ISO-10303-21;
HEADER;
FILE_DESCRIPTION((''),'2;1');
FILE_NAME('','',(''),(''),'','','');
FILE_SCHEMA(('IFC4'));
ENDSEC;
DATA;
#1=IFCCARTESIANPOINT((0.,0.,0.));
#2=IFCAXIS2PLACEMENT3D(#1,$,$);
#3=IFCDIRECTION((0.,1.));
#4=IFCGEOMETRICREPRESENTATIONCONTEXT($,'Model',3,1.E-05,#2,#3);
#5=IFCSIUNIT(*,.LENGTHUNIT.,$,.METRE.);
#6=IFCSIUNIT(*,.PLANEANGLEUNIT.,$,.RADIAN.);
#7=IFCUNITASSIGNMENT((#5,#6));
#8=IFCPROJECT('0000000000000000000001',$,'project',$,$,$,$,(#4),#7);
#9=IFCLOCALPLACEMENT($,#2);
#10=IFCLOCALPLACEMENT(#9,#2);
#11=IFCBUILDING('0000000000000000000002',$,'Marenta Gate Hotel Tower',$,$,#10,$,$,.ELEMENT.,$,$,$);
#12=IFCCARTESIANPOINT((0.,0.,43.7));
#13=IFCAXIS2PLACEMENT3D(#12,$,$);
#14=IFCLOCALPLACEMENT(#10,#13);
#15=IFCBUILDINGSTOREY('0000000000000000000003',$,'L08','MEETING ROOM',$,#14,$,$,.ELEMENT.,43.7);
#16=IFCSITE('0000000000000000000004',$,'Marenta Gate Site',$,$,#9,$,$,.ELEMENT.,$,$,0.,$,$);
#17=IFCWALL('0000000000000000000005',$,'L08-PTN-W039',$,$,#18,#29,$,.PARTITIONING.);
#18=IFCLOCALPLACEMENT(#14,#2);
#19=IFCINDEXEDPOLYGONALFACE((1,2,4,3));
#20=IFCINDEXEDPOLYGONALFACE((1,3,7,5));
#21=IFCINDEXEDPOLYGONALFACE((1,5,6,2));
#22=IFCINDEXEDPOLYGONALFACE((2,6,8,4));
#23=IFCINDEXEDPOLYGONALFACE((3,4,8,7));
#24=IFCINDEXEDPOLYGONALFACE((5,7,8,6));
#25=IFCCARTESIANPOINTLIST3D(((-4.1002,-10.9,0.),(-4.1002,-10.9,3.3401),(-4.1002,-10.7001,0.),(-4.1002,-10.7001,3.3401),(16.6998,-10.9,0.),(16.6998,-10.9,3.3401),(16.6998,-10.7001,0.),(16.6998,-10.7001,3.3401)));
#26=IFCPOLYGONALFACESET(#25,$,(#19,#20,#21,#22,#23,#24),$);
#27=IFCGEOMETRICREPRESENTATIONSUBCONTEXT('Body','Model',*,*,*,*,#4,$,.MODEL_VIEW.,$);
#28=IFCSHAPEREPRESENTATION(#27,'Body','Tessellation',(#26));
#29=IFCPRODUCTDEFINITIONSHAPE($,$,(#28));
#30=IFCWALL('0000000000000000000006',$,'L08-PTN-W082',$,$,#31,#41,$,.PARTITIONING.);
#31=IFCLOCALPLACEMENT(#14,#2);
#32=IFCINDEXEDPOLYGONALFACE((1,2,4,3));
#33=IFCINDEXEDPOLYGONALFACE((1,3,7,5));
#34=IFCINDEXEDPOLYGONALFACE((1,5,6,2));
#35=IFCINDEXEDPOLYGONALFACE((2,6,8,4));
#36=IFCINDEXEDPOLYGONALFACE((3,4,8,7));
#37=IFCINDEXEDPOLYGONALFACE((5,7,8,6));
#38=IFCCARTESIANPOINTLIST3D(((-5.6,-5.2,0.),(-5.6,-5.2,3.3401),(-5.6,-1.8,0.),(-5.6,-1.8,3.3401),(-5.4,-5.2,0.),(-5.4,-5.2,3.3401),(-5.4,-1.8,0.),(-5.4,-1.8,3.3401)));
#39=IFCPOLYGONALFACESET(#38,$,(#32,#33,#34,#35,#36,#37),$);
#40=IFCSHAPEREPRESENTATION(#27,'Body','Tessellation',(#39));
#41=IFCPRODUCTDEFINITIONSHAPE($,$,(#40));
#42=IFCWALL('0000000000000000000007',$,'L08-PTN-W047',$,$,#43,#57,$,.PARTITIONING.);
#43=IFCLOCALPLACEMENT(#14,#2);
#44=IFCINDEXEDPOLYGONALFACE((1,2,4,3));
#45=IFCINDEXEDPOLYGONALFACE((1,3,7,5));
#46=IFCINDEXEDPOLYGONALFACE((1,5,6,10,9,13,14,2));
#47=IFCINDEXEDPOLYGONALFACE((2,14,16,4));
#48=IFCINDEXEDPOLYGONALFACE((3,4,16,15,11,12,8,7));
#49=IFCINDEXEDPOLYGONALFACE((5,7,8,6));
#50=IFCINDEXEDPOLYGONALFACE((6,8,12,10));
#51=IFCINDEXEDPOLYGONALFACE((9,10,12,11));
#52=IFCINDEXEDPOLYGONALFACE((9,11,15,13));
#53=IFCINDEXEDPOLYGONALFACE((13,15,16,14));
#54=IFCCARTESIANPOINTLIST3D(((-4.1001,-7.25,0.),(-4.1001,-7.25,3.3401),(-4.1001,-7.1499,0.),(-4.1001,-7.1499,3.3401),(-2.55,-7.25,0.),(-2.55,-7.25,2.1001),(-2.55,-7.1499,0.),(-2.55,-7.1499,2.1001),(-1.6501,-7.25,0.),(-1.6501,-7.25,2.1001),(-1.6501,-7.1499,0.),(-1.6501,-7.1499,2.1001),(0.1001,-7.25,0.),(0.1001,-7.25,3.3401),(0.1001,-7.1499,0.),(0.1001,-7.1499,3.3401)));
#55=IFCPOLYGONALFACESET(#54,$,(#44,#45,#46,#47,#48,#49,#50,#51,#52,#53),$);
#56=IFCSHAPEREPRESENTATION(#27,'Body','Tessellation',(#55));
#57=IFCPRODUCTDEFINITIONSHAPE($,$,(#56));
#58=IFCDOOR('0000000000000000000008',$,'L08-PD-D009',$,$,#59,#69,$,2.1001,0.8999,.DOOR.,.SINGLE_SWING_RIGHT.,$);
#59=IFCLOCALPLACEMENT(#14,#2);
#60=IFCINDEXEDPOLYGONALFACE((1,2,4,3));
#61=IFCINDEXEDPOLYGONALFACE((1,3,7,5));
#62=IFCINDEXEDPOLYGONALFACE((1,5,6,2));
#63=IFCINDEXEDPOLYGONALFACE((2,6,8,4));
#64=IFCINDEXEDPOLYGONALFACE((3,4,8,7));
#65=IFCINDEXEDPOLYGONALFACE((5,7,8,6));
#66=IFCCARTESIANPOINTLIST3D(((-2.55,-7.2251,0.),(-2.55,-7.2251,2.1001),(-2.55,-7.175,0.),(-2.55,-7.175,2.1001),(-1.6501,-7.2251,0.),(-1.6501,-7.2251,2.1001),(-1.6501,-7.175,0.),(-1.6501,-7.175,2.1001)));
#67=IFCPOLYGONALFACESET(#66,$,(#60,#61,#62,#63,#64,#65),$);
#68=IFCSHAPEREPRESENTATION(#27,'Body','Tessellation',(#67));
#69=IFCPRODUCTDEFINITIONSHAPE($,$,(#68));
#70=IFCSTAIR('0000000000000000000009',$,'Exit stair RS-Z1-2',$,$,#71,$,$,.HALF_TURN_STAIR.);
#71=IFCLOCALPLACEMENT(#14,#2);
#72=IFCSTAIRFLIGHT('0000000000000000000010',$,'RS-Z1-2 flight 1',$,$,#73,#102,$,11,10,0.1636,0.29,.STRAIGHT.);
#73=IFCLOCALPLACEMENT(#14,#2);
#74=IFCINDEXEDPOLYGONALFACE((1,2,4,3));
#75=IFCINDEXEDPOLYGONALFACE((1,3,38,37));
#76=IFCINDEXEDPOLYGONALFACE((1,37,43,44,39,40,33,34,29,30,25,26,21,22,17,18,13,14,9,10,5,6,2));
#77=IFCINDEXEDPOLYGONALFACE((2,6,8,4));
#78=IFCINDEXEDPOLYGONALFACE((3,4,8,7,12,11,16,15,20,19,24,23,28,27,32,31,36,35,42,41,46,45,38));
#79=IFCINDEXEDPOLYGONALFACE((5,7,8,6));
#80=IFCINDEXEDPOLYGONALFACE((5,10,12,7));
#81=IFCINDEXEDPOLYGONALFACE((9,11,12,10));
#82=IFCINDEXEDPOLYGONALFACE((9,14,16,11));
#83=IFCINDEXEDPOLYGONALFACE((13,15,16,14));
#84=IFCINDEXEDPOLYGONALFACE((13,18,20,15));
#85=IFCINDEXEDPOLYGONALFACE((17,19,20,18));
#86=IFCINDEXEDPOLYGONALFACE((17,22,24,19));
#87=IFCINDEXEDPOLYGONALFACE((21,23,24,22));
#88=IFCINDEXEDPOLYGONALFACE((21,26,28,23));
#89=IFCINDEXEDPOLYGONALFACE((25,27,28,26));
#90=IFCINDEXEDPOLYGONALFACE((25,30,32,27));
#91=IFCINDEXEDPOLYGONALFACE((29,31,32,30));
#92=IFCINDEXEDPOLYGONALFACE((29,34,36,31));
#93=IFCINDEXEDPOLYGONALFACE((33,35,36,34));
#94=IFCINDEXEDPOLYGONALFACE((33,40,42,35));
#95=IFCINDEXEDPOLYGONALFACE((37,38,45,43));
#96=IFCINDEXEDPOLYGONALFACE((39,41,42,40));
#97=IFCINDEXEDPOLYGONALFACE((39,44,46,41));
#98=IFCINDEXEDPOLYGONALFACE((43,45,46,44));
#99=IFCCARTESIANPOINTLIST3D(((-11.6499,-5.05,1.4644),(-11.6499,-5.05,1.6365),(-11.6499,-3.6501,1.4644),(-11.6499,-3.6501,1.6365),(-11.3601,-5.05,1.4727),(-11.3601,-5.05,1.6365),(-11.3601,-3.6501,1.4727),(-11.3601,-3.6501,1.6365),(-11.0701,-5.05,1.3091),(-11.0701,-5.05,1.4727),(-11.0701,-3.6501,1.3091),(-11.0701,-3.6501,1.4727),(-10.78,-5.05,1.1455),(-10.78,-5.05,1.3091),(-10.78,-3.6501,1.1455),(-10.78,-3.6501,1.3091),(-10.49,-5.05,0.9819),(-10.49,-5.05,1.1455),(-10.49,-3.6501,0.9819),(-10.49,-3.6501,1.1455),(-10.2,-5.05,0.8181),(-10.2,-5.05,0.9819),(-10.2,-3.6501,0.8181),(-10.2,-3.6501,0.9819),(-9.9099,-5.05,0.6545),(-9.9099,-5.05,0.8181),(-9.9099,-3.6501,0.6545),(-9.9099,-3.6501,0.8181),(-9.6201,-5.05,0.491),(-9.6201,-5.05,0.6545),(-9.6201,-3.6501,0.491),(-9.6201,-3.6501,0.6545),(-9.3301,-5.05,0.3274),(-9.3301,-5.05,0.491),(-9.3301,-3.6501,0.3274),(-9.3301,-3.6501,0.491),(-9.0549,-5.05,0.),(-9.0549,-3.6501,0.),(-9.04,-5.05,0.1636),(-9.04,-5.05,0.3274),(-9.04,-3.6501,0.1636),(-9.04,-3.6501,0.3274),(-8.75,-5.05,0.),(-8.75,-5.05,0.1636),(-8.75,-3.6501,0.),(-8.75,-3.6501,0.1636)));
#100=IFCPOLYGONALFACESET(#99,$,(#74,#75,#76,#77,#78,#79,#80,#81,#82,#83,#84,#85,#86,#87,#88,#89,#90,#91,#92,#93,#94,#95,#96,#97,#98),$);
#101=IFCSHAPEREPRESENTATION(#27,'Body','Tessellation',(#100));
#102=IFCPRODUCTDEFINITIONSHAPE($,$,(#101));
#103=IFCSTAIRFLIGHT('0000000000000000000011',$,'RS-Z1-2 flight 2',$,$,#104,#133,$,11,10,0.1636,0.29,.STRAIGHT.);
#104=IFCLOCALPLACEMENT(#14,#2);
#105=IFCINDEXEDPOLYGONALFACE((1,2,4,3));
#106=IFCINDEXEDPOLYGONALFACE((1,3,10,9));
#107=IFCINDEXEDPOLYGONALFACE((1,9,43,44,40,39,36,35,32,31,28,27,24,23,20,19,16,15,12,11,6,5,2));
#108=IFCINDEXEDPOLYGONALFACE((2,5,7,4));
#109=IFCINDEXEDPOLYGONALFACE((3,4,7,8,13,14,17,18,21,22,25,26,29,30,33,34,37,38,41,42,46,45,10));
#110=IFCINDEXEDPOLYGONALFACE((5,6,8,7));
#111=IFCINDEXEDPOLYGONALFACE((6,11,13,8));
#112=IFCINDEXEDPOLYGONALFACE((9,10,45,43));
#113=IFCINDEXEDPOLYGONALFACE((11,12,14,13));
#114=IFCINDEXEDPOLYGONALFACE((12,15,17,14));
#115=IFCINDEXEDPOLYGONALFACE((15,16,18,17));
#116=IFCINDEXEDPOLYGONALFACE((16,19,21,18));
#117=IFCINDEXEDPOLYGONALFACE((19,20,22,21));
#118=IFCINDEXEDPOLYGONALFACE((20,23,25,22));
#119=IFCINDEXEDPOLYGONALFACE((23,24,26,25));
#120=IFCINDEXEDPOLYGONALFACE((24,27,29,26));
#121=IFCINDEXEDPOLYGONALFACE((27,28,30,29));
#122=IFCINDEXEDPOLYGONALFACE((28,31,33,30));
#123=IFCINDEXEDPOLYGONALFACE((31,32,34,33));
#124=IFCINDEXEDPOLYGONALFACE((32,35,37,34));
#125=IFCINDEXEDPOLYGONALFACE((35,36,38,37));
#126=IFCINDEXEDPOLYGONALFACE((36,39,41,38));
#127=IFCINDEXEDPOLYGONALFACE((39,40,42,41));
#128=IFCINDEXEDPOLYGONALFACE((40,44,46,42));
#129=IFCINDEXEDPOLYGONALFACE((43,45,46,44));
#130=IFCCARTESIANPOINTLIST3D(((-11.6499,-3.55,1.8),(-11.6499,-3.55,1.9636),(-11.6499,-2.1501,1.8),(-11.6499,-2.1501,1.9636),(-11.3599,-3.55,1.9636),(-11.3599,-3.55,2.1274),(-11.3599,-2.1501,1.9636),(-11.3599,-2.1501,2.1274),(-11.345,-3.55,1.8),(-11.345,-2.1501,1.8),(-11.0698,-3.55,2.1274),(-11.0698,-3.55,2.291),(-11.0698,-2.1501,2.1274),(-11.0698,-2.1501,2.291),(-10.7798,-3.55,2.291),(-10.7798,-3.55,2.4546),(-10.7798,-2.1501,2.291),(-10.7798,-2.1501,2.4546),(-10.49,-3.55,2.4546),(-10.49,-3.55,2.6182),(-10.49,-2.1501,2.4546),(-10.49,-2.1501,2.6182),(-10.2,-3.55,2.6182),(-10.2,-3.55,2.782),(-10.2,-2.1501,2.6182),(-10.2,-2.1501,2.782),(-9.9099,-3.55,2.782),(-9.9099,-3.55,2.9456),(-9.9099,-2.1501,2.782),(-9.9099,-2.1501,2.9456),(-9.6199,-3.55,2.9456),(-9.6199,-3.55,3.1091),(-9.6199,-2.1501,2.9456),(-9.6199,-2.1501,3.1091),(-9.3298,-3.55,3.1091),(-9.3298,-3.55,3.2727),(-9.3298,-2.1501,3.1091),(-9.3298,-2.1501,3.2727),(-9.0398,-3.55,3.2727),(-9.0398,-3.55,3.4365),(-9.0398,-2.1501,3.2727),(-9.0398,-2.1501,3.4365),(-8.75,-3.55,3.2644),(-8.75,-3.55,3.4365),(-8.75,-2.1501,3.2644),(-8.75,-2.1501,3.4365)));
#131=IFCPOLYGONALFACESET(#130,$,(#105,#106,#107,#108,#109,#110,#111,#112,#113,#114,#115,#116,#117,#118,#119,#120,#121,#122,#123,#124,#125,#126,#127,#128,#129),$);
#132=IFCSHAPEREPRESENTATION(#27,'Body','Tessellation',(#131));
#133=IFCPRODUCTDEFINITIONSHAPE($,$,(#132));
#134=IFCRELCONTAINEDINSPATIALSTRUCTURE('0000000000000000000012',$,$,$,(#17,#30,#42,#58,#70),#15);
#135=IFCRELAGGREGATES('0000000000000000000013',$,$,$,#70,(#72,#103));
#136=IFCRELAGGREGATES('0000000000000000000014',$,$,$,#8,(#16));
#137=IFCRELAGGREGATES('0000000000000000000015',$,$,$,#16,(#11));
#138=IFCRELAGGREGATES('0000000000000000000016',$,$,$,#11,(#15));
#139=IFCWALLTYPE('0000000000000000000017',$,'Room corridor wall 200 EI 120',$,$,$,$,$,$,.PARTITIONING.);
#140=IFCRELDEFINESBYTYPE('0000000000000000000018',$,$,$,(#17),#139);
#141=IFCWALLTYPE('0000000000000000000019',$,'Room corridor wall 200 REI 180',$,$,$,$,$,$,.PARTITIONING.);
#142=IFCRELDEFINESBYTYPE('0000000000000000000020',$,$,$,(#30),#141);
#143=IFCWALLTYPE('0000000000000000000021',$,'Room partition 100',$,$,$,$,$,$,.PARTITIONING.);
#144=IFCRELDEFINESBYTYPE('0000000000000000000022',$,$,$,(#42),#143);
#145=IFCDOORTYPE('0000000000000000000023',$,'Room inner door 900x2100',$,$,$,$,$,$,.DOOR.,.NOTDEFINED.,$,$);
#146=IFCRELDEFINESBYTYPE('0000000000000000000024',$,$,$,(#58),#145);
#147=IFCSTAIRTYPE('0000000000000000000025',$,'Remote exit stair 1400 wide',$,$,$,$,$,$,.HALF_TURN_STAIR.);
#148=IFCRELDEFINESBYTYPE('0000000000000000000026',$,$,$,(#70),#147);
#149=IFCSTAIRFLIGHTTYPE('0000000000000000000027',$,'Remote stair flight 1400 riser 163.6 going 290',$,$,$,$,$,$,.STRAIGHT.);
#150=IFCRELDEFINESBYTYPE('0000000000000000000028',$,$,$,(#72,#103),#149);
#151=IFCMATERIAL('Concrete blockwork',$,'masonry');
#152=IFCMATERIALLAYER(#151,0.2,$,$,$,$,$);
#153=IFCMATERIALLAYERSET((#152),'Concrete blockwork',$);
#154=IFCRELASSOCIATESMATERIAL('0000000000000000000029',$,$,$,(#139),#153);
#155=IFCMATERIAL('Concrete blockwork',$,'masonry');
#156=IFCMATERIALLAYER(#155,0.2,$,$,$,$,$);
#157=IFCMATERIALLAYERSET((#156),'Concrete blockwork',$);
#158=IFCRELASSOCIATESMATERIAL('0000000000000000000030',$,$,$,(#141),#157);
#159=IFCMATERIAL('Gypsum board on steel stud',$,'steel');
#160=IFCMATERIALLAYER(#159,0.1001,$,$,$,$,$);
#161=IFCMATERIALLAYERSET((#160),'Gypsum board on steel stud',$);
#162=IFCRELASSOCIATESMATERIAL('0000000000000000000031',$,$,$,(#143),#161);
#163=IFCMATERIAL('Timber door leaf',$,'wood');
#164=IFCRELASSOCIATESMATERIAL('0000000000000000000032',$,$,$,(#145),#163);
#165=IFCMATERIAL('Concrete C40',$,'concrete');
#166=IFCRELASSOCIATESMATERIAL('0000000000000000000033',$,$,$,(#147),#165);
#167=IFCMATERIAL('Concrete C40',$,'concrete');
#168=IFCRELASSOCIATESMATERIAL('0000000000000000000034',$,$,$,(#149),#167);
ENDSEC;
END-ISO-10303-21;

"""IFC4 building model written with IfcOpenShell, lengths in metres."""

from ifc_helpers import new_model, si_unit, direction, frame, frame_2d, origin, place, context, subcontext, project, spatial, polyline, rectangle, outline, extrude, material, layer, layer_set, type_object, element, fill, aggregate, save


model = new_model("IFC4")

# Units and contexts
model_context = context("Model", 3, precision=1e-05, world=origin(), true_north=direction((0.0, 1.0)))
body_context = subcontext(model_context, "Body", "Model", "MODEL_VIEW")
ifc_project = project(units=[si_unit("LENGTHUNIT", "METRE"), si_unit("PLANEANGLEUNIT", "RADIAN")], contexts=[model_context])

# Site, building, storey
site_placement = place(None, origin())
site = spatial("IfcSite", under=ifc_project, at=site_placement, Name="Marenta Gate Site", CompositionType="ELEMENT", RefElevation=0.0)
building_placement = place(site_placement, origin())
building = spatial("IfcBuilding", under=site, at=building_placement, Name="Marenta Gate Hotel Tower", CompositionType="ELEMENT")
storey_placement = place(building_placement, frame((0.0, 0.0, 43.7)))
storey = spatial("IfcBuildingStorey", under=building, at=storey_placement, Name="L08", Description="MEETING ROOM", CompositionType="ELEMENT", Elevation=43.7)

# Wall
ifc_material_1 = material(Name="Concrete blockwork", Category="masonry")
ifc_layer_1 = layer(ifc_material_1, 0.2)
ifc_layer_set_1 = layer_set([ifc_layer_1], Name="Concrete blockwork")
wall_type_1 = type_object("IfcWallType", Name="Room corridor wall 200 EI 120", PredefinedType="PARTITIONING", material=ifc_layer_set_1)
wall_1_placement = place(storey_placement, frame((-4.1001, -10.8, 0.0), z_axis=(0.0, 0.0, 1.0), x_axis=(1.0, 0.0, 0.0)))
element("IfcWall", 1, at=wall_1_placement, inside=storey, type_object=wall_type_1, Name="L08-PTN-W039", PredefinedType="PARTITIONING", context=body_context, shape_type="SweptSolid", body=[
    extrude(rectangle(XDim=20.8, YDim=0.2, at=frame_2d((10.3999, 0.0))), origin(), (0.0, 0.0, 1.0), 3.3401),
])

# Shared definitions
ifc_material_2 = material(Name="Concrete blockwork", Category="masonry")
ifc_layer_2 = layer(ifc_material_2, 0.2)
ifc_layer_set_2 = layer_set([ifc_layer_2], Name="Concrete blockwork")
wall_type_2 = type_object("IfcWallType", Name="Room corridor wall 200 REI 180", PredefinedType="PARTITIONING", material=ifc_layer_set_2)

# Wall
wall_2_placement = place(storey_placement, frame((-5.5, -5.2, 0.0), z_axis=(0.0, 0.0, 1.0), x_axis=(0.0, 1.0, 0.0)))
element("IfcWall", 2, at=wall_2_placement, inside=storey, type_object=wall_type_2, Name="L08-PTN-W082", PredefinedType="PARTITIONING", context=body_context, shape_type="SweptSolid", body=[
    extrude(rectangle(XDim=3.3999, YDim=0.2, at=frame_2d((1.7, 0.0))), origin(), (0.0, 0.0, 1.0), 3.3401),
])

# Wall, opening, door
ifc_material_3 = material(Name="Gypsum board on steel stud", Category="steel")
ifc_layer_3 = layer(ifc_material_3, 0.1001)
ifc_layer_set_3 = layer_set([ifc_layer_3], Name="Gypsum board on steel stud")
wall_type_3 = type_object("IfcWallType", Name="Room partition 100", PredefinedType="PARTITIONING", material=ifc_layer_set_3)
wall_3_placement = place(storey_placement, frame((-4.1001, -7.2, 0.0), z_axis=(0.0, 0.0, 1.0), x_axis=(1.0, 0.0, 0.0)))
wall_3 = element("IfcWall", 3, at=wall_3_placement, inside=storey, type_object=wall_type_3, Name="L08-PTN-W047", PredefinedType="PARTITIONING", context=body_context, shape_type="SweptSolid", body=[
    extrude(rectangle(XDim=4.2002, YDim=0.1001, at=frame_2d((2.1001, 0.0))), origin(), (0.0, 0.0, 1.0), 3.3401),
])
opening_1_placement = place(wall_3_placement, frame((1.55, 0.0, 0.0)))
opening_1 = element("IfcOpeningElement", 4, at=opening_1_placement, cuts=wall_3, PredefinedType="OPENING", context=body_context, shape_type="SweptSolid", body=[
    extrude(rectangle(XDim=0.8999, YDim=2.1001, at=frame_2d((0.45, 1.05))), frame((0.0, 0.05, 0.0), z_axis=(0.0, -1.0, 0.0), x_axis=(1.0, 0.0, 0.0)), (0.0, 0.0, 1.0), 0.1001),
])
ifc_material_4 = material(Name="Timber door leaf", Category="wood")
door_type_1 = type_object("IfcDoorType", Name="Room inner door 900x2100", OperationType="NOTDEFINED", PredefinedType="DOOR", material=ifc_material_4)
door_1_placement = place(opening_1_placement, origin())
door_1 = element("IfcDoor", 5, at=door_1_placement, inside=storey, type_object=door_type_1, Name="L08-PD-D009", OperationType="SINGLE_SWING_RIGHT", OverallHeight=2.1001, OverallWidth=0.8999, PredefinedType="DOOR", context=body_context, shape_type="SweptSolid", body=[
    extrude(rectangle(XDim=0.8999, YDim=2.1001, at=frame_2d((0.45, 1.05))), frame((0.0, 0.0249, 0.0), z_axis=(0.0, -1.0, 0.0), x_axis=(1.0, 0.0, 0.0)), (0.0, 0.0, 1.0), 0.05),
])
fill(opening_1, door_1)

# Stair, stair flights
ifc_material_5 = material(Name="Concrete C40", Category="concrete")
stair_type = type_object("IfcStairType", Name="Remote exit stair 1400 wide", PredefinedType="HALF_TURN_STAIR", material=ifc_material_5)
stair_placement = place(storey_placement, origin())
stair = element("IfcStair", 6, at=stair_placement, inside=storey, type_object=stair_type, Name="Exit stair RS-Z1-2", PredefinedType="HALF_TURN_STAIR")
ifc_material_6 = material(Name="Concrete C40", Category="concrete")
stair_flight_type = type_object("IfcStairFlightType", Name="Remote stair flight 1400 riser 163.6 going 290", PredefinedType="STRAIGHT", material=ifc_material_6)
stair_flight_1_placement = place(storey_placement, frame((-8.75, -4.3501, 0.0), z_axis=(0.0, 0.0, 1.0), x_axis=(-1.0, 0.0, 0.0)))
stair_flight_1 = element("IfcStairFlight", 7, at=stair_flight_1_placement, type_object=stair_flight_type, Name="RS-Z1-2 flight 1", NumberOfRisers=11, NumberOfTreads=10, PredefinedType="STRAIGHT", RiserHeight=0.1636, TreadLength=0.29, context=body_context, shape_type="SweptSolid", body=[
    extrude(outline(polyline([(0.0, 0.0), (0.0, 0.1636), (0.29, 0.1636), (0.29, 0.3274), (0.5801, 0.3274), (0.5801, 0.491), (0.8701, 0.491), (0.8701, 0.6545), (1.1599, 0.6545), (1.1599, 0.8181), (1.45, 0.8181), (1.45, 0.9819), (1.74, 0.9819), (1.74, 1.1455), (2.03, 1.1455), (2.03, 1.3091), (2.3201, 1.3091), (2.3201, 1.4727), (2.6101, 1.4727), (2.6101, 1.6365), (2.8999, 1.6365), (2.8999, 1.8), (2.8999, 1.4644), (0.3049, 0.0), (0.0, 0.0)])), frame((0.0, 0.7, 0.0), z_axis=(0.0, -1.0, 0.0), x_axis=(1.0, 0.0, 0.0)), (0.0, 0.0, 1.0), 1.3999),
])
stair_flight_2_placement = place(storey_placement, frame((-11.6499, -2.8501, 1.8), z_axis=(0.0, 0.0, 1.0), x_axis=(1.0, 0.0, 0.0)))
stair_flight_2 = element("IfcStairFlight", 8, at=stair_flight_2_placement, type_object=stair_flight_type, Name="RS-Z1-2 flight 2", NumberOfRisers=11, NumberOfTreads=10, PredefinedType="STRAIGHT", RiserHeight=0.1636, TreadLength=0.29, context=body_context, shape_type="SweptSolid", body=[
    extrude(outline(polyline([(0.0, 0.0), (0.0, 0.1636), (0.29, 0.1636), (0.29, 0.3274), (0.5801, 0.3274), (0.5801, 0.491), (0.8701, 0.491), (0.8701, 0.6545), (1.1599, 0.6545), (1.1599, 0.8181), (1.45, 0.8181), (1.45, 0.9819), (1.74, 0.9819), (1.74, 1.1455), (2.03, 1.1455), (2.03, 1.3091), (2.3201, 1.3091), (2.3201, 1.4727), (2.6101, 1.4727), (2.6101, 1.6365), (2.8999, 1.6365), (2.8999, 1.8), (2.8999, 1.4644), (0.3049, 0.0), (0.0, 0.0)])), frame((0.0, 0.7, 0.0), z_axis=(0.0, -1.0, 0.0), x_axis=(1.0, 0.0, 0.0)), (0.0, 0.0, 1.0), 1.3999),
])
aggregate(stair, [stair_flight_1, stair_flight_2])

save(model, "model.ifc")
